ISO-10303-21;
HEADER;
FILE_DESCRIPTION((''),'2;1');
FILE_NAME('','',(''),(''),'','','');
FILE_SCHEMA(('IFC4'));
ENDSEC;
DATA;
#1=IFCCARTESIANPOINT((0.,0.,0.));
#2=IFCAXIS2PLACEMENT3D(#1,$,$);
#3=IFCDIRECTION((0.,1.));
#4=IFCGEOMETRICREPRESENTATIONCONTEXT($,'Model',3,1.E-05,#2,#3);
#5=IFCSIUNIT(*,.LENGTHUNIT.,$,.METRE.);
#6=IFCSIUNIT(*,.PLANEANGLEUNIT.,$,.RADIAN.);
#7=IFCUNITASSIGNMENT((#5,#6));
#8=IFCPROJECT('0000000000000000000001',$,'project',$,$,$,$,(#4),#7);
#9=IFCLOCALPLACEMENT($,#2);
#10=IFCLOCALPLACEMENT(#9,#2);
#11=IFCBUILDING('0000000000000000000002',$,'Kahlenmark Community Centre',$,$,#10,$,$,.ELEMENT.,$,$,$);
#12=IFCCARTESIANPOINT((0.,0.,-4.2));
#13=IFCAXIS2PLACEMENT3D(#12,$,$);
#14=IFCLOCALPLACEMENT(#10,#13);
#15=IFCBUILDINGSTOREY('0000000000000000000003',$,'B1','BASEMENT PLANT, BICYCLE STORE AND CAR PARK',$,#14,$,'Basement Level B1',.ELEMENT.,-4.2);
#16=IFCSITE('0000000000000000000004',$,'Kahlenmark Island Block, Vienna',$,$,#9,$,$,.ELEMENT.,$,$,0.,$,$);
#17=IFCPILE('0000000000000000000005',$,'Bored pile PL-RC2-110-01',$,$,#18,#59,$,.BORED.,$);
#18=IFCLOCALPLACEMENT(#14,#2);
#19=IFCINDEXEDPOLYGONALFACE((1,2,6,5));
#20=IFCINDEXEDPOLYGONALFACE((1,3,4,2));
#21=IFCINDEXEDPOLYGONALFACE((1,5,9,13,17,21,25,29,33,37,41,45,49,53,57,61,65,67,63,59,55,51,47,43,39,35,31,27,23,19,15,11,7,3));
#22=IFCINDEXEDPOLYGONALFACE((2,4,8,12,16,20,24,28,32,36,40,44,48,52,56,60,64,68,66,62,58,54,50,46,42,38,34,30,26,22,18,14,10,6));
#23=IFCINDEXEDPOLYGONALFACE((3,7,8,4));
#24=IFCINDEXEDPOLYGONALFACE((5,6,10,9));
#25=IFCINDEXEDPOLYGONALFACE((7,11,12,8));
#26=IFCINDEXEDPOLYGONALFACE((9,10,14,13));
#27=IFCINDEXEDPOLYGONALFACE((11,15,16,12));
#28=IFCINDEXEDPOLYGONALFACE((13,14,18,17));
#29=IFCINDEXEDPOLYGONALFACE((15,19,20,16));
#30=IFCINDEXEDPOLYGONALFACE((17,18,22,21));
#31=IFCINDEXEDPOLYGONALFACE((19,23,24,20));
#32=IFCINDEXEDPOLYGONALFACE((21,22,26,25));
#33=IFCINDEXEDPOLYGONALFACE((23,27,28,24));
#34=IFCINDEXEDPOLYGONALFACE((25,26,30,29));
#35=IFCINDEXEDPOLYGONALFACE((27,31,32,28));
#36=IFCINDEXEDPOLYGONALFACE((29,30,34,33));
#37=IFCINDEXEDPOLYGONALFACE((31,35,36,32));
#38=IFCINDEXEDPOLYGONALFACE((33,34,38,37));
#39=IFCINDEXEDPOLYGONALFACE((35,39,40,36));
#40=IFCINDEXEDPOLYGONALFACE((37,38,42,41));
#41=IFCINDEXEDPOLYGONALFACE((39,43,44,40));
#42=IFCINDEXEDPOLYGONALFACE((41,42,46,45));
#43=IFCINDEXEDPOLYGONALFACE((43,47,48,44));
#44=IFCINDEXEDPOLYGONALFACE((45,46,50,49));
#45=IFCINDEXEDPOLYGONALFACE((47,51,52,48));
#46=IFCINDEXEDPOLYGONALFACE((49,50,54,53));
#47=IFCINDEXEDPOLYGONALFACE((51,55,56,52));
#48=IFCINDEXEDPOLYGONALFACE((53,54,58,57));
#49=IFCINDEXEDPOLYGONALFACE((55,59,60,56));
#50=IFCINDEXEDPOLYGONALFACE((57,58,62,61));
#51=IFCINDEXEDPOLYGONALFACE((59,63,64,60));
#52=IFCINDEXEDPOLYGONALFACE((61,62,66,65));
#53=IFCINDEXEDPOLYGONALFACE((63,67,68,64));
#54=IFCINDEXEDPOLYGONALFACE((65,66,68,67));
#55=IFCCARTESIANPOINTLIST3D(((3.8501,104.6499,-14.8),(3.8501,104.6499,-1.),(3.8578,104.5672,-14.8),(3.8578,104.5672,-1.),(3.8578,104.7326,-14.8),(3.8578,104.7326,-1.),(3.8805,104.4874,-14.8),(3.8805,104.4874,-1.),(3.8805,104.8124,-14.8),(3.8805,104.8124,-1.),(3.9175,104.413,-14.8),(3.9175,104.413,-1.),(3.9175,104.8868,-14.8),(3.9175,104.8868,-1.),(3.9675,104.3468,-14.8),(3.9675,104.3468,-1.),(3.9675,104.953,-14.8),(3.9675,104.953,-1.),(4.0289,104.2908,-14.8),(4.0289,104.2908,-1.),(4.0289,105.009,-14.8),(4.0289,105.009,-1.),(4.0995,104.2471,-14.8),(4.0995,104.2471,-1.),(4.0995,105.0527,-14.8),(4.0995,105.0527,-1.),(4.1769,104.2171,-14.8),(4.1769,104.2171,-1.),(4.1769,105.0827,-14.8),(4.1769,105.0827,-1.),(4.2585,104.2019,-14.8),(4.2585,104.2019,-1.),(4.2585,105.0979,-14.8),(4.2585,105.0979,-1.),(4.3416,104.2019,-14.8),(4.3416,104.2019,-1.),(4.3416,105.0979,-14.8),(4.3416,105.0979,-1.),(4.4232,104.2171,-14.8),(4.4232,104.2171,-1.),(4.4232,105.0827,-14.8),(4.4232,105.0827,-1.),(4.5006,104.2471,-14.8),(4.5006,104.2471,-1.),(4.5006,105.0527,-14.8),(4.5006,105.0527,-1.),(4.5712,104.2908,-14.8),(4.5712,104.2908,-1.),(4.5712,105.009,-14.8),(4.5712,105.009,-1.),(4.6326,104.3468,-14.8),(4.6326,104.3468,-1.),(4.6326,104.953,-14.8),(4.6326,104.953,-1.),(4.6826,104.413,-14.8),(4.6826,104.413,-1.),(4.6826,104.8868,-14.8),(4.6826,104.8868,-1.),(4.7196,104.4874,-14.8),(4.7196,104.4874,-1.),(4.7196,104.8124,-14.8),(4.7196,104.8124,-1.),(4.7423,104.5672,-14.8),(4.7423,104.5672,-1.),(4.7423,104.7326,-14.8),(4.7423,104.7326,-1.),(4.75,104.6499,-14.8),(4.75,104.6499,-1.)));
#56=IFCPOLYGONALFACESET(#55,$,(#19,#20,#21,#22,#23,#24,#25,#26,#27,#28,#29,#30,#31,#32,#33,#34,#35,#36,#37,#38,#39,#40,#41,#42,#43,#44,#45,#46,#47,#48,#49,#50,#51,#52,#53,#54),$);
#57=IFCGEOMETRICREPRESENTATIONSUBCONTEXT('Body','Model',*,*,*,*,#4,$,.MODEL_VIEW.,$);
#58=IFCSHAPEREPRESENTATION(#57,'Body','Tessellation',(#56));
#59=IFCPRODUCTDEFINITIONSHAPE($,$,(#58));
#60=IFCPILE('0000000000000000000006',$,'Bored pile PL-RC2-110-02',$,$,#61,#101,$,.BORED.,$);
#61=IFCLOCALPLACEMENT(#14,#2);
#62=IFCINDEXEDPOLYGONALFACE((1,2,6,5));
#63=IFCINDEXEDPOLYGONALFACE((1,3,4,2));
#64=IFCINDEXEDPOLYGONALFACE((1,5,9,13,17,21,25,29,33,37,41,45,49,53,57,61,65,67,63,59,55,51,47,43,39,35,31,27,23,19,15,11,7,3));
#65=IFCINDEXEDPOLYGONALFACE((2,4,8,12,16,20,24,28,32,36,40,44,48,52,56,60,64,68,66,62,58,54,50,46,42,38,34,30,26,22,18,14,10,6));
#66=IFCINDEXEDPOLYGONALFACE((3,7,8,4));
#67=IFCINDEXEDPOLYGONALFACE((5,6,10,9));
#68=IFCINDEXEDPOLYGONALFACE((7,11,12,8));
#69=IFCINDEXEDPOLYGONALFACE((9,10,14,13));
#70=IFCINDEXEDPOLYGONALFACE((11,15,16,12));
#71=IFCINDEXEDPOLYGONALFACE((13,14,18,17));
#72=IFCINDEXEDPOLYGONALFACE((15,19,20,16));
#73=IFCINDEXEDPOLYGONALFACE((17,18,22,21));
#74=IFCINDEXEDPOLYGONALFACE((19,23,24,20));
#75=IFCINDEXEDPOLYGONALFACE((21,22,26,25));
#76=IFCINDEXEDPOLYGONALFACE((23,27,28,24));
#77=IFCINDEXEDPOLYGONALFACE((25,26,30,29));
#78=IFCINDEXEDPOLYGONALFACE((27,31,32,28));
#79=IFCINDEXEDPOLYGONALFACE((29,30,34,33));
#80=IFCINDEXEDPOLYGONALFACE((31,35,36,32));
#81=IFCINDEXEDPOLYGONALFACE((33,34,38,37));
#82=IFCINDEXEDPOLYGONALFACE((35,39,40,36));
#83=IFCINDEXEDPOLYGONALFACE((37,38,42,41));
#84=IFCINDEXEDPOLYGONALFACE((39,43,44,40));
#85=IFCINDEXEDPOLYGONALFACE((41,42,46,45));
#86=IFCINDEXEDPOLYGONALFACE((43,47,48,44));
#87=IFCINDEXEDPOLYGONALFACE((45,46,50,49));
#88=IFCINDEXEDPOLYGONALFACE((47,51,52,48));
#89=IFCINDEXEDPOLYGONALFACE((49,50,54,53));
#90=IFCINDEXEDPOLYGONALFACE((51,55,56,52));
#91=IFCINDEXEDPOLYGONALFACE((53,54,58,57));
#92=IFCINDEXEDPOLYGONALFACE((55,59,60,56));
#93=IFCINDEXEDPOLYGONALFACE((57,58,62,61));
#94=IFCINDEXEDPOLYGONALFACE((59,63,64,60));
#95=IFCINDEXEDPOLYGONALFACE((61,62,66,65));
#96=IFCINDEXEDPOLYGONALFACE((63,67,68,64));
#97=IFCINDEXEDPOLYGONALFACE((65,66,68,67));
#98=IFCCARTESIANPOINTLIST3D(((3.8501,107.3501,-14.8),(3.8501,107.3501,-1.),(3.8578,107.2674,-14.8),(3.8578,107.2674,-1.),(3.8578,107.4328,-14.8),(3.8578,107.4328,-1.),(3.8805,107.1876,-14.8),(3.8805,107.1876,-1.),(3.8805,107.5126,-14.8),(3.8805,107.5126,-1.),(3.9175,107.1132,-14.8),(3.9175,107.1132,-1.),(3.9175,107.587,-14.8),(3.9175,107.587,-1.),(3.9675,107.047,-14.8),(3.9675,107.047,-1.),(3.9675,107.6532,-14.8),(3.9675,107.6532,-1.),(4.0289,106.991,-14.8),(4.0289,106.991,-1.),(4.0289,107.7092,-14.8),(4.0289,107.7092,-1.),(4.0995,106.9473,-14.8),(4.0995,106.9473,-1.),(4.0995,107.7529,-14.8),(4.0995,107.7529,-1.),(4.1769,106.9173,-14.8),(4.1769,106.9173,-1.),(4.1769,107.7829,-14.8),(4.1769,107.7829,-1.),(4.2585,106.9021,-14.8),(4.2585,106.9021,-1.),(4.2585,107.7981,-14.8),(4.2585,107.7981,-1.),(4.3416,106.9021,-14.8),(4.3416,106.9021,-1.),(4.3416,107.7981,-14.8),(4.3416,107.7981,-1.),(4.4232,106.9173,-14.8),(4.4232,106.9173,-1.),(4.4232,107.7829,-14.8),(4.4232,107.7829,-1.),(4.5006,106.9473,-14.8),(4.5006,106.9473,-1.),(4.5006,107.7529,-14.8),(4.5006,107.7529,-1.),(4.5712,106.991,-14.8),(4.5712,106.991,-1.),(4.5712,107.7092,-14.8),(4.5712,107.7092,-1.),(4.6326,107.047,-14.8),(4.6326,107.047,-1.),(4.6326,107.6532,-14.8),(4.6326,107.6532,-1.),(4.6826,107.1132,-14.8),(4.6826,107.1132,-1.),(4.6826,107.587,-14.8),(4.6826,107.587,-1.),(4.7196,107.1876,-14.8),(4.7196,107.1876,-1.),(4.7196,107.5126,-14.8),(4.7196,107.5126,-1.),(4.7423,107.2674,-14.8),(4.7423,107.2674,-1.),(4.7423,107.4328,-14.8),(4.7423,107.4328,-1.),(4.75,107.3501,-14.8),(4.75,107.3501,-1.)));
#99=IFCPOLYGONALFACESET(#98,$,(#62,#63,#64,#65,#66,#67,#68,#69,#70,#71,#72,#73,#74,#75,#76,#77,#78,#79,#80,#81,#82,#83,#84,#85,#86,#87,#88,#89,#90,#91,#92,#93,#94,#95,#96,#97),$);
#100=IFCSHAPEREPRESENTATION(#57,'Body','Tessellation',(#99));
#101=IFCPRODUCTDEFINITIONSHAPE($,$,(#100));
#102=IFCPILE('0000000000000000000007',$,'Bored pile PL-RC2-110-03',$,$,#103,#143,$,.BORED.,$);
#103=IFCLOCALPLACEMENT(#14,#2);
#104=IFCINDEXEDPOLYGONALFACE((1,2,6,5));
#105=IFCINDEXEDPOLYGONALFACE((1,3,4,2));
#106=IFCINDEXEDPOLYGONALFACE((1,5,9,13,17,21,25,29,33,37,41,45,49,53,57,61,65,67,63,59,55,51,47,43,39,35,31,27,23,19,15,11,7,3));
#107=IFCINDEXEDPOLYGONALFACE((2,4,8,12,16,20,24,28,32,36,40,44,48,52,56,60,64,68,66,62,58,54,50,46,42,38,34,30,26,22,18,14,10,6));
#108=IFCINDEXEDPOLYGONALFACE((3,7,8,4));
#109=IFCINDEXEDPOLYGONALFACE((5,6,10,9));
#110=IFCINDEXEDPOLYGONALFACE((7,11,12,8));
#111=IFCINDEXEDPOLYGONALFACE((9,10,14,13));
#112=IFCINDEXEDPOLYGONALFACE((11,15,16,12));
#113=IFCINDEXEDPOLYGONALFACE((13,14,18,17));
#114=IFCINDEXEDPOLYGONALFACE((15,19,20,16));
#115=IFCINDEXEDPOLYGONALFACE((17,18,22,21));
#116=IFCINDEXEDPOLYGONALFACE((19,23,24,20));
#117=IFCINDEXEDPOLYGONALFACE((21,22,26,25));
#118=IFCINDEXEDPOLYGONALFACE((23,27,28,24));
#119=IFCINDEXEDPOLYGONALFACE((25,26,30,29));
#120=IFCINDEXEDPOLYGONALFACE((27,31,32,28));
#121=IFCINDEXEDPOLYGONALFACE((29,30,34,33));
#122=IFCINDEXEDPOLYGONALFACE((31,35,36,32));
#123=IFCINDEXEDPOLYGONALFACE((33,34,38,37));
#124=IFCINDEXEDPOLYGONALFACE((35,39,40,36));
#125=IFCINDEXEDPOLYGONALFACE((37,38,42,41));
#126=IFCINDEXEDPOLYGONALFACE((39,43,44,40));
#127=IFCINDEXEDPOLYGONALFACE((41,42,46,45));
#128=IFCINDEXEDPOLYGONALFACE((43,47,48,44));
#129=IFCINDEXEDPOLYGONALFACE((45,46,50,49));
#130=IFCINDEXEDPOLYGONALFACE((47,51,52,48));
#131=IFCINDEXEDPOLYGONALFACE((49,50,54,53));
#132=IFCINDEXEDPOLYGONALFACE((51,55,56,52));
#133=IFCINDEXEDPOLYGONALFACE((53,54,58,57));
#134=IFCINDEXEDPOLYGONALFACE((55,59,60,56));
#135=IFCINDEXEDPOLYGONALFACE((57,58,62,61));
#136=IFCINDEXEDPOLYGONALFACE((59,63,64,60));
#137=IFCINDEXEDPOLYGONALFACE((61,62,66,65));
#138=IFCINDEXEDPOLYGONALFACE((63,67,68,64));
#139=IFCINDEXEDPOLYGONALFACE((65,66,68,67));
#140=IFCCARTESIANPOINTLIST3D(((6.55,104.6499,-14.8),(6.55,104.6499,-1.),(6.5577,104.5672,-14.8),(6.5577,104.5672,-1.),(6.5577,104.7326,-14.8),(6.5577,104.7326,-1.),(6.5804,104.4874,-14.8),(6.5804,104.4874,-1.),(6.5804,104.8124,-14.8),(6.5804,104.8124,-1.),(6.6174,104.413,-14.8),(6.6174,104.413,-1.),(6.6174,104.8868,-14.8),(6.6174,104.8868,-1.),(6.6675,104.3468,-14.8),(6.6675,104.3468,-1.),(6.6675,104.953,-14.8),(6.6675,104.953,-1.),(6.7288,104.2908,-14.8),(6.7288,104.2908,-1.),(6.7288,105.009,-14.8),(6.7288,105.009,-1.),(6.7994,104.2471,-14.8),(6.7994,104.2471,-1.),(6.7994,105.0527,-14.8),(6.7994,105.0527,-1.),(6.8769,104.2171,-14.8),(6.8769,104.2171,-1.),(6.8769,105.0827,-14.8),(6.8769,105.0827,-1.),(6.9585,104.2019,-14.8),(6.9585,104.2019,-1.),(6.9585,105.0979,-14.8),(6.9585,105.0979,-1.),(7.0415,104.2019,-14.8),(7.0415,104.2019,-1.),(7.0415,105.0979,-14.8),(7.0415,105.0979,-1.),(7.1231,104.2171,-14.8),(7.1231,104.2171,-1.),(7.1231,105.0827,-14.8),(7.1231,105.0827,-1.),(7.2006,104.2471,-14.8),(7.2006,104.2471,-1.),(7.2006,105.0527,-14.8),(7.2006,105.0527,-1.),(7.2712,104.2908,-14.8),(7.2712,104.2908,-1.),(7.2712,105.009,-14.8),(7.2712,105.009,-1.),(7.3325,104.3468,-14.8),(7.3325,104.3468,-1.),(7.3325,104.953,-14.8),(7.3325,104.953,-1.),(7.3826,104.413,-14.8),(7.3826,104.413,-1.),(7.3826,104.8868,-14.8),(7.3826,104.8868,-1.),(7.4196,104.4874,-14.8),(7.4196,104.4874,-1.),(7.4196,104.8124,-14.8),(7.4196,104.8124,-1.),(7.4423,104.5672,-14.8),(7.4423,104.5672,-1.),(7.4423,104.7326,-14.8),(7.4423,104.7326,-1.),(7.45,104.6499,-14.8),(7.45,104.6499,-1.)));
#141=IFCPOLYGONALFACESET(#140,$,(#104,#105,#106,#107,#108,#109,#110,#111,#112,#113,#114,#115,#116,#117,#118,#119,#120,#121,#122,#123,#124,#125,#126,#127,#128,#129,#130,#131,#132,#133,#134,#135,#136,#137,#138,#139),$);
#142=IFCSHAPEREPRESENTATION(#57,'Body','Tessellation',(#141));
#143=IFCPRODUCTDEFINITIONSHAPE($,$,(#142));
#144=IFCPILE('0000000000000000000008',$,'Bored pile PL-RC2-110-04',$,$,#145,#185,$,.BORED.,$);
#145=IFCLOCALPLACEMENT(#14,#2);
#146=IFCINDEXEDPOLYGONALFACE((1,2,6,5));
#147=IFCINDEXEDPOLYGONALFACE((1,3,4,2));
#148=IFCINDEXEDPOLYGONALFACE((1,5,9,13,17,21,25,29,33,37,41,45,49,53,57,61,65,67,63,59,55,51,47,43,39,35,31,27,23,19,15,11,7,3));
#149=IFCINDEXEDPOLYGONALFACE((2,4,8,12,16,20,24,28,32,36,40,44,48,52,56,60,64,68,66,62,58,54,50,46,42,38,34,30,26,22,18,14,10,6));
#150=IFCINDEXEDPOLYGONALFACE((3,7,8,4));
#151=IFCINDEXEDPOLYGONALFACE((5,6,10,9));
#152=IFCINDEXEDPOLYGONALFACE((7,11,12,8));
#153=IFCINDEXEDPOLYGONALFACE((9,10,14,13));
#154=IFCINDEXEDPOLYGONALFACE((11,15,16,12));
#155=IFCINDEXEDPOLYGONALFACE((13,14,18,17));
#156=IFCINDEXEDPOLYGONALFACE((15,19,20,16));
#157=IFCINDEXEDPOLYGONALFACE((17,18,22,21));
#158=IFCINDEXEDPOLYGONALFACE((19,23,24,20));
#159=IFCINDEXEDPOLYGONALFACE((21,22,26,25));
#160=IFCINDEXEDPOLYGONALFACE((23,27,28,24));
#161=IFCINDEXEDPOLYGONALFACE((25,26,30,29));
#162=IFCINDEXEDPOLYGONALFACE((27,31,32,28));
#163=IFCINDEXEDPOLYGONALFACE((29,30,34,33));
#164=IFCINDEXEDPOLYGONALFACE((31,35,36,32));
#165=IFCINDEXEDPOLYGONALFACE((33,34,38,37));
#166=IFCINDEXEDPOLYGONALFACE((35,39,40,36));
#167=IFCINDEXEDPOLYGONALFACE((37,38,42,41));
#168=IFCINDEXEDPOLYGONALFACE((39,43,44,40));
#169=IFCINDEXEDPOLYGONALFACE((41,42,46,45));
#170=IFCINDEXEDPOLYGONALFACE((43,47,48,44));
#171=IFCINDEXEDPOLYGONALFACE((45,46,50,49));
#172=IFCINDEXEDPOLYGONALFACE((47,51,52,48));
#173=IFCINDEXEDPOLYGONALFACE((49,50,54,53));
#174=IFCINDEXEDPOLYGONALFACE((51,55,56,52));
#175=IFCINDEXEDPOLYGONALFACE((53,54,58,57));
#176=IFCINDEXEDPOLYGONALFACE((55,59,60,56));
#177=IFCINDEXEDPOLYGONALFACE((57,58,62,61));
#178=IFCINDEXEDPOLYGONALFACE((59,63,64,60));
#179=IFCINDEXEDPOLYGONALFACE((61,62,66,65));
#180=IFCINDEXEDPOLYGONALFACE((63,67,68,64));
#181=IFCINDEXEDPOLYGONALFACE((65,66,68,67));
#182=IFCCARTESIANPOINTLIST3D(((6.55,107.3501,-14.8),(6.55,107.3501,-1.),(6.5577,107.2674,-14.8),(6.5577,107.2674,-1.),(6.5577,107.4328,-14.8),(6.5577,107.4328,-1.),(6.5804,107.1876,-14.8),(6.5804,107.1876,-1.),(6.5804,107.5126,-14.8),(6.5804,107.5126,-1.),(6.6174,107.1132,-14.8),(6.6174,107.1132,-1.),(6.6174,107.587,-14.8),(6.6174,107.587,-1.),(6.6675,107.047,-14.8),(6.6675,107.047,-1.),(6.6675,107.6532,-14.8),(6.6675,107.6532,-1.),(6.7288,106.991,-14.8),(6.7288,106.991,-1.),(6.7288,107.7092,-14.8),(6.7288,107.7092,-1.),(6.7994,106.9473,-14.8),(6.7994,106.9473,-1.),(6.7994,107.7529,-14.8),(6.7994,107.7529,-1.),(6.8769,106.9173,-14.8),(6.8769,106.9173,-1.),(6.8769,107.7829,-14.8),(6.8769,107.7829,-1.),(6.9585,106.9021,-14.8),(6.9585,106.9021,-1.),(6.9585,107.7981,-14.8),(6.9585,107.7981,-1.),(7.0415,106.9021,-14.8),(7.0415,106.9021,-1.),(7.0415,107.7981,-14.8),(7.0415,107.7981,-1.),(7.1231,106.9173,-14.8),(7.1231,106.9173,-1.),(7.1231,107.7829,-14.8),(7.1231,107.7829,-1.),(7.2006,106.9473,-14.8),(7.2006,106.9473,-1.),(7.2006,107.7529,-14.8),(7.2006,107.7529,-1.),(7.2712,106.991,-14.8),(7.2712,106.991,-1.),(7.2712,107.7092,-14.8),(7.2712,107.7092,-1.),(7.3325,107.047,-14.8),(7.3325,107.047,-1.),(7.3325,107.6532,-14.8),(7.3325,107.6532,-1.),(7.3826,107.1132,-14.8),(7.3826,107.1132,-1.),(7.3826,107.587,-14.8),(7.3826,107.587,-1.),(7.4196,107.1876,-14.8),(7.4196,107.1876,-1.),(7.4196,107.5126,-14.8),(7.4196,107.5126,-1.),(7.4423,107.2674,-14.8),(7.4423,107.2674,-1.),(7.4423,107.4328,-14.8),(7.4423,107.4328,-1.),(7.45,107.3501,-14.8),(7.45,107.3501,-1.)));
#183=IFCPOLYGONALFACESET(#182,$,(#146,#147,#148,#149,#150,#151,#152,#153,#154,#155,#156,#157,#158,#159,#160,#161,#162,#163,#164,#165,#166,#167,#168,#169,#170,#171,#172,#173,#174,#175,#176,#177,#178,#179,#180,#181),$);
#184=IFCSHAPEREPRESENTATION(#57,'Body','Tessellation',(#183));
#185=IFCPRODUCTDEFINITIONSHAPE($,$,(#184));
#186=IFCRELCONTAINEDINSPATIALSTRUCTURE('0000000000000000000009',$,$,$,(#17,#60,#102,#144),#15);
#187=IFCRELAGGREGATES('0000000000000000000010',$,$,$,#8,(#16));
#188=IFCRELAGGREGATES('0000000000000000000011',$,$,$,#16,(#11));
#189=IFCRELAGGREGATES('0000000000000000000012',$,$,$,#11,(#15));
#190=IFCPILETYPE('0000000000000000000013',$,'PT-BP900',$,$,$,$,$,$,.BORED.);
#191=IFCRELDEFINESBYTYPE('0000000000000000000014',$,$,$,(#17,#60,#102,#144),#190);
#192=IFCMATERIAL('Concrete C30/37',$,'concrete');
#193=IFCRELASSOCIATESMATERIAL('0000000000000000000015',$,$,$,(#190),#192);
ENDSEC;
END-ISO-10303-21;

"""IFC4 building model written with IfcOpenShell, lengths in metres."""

from ifc_helpers import new_model, si_unit, direction, frame, origin, origin_2d, place, context, subcontext, project, spatial, circle, extrude, material, material_profile, profile_set, type_object, element, save


model = new_model("IFC4")

# Units and contexts
model_context = context("Model", 3, precision=1e-05, world=origin(), true_north=direction((0.0, 1.0)))
body_context = subcontext(model_context, "Body", "Model", "MODEL_VIEW")
ifc_project = project(units=[si_unit("LENGTHUNIT", "METRE"), si_unit("PLANEANGLEUNIT", "RADIAN")], contexts=[model_context])

# Site, building, storey
site_placement = place(None, origin())
site = spatial("IfcSite", under=ifc_project, at=site_placement, Name="Kahlenmark Island Block, Vienna", CompositionType="ELEMENT", RefElevation=0.0)
building_placement = place(site_placement, origin())
building = spatial("IfcBuilding", under=site, at=building_placement, Name="Kahlenmark Community Centre", CompositionType="ELEMENT")
storey_placement = place(building_placement, frame((0.0, 0.0, -4.2)))
storey = spatial("IfcBuildingStorey", under=building, at=storey_placement, Name="B1", Description="BASEMENT PLANT, BICYCLE STORE AND CAR PARK", LongName="Basement Level B1", CompositionType="ELEMENT", Elevation=-4.2)

# Shared definitions
ifc_material_1 = material(Name="Concrete C30/37", Category="concrete")

# Piles
ifc_material_profile_1 = material_profile(ifc_material_1, circle(Radius=0.45, at=origin_2d()), Name="BORED PILE 900")
ifc_profile_set_1 = profile_set([ifc_material_profile_1], Name="Concrete C30/37")
pile_type_1 = type_object("IfcPileType", Name="PT-BP900", PredefinedType="BORED", material=ifc_profile_set_1)
for number, where, z_axis, x_axis, name in (
    (1, (4.3, 104.6499, -1.0), (0.0, 0.0, -1.0), (1.0, 0.0, 0.0), "Bored pile PL-RC2-110-01"),
    (2, (4.3, 107.3501, -1.0), (0.0, 0.0, -1.0), (1.0, 0.0, 0.0), "Bored pile PL-RC2-110-02"),
    (3, (7.0, 104.6499, -1.0), (0.0, 0.0, -1.0), (1.0, 0.0, 0.0), "Bored pile PL-RC2-110-03"),
    (4, (7.0, 107.3501, -1.0), (0.0, 0.0, -1.0), (1.0, 0.0, 0.0), "Bored pile PL-RC2-110-04"),
):
    element("IfcPile", number, at=place(storey_placement, frame(where, z_axis=z_axis, x_axis=x_axis)), inside=storey, type_object=pile_type_1, Name=name, PredefinedType="BORED", context=body_context, shape_type="SweptSolid", body=[
        extrude(circle(Radius=0.45, at=origin_2d()), origin(), (0.0, 0.0, 1.0), 13.8),
    ])

save(model, "model.ifc")
